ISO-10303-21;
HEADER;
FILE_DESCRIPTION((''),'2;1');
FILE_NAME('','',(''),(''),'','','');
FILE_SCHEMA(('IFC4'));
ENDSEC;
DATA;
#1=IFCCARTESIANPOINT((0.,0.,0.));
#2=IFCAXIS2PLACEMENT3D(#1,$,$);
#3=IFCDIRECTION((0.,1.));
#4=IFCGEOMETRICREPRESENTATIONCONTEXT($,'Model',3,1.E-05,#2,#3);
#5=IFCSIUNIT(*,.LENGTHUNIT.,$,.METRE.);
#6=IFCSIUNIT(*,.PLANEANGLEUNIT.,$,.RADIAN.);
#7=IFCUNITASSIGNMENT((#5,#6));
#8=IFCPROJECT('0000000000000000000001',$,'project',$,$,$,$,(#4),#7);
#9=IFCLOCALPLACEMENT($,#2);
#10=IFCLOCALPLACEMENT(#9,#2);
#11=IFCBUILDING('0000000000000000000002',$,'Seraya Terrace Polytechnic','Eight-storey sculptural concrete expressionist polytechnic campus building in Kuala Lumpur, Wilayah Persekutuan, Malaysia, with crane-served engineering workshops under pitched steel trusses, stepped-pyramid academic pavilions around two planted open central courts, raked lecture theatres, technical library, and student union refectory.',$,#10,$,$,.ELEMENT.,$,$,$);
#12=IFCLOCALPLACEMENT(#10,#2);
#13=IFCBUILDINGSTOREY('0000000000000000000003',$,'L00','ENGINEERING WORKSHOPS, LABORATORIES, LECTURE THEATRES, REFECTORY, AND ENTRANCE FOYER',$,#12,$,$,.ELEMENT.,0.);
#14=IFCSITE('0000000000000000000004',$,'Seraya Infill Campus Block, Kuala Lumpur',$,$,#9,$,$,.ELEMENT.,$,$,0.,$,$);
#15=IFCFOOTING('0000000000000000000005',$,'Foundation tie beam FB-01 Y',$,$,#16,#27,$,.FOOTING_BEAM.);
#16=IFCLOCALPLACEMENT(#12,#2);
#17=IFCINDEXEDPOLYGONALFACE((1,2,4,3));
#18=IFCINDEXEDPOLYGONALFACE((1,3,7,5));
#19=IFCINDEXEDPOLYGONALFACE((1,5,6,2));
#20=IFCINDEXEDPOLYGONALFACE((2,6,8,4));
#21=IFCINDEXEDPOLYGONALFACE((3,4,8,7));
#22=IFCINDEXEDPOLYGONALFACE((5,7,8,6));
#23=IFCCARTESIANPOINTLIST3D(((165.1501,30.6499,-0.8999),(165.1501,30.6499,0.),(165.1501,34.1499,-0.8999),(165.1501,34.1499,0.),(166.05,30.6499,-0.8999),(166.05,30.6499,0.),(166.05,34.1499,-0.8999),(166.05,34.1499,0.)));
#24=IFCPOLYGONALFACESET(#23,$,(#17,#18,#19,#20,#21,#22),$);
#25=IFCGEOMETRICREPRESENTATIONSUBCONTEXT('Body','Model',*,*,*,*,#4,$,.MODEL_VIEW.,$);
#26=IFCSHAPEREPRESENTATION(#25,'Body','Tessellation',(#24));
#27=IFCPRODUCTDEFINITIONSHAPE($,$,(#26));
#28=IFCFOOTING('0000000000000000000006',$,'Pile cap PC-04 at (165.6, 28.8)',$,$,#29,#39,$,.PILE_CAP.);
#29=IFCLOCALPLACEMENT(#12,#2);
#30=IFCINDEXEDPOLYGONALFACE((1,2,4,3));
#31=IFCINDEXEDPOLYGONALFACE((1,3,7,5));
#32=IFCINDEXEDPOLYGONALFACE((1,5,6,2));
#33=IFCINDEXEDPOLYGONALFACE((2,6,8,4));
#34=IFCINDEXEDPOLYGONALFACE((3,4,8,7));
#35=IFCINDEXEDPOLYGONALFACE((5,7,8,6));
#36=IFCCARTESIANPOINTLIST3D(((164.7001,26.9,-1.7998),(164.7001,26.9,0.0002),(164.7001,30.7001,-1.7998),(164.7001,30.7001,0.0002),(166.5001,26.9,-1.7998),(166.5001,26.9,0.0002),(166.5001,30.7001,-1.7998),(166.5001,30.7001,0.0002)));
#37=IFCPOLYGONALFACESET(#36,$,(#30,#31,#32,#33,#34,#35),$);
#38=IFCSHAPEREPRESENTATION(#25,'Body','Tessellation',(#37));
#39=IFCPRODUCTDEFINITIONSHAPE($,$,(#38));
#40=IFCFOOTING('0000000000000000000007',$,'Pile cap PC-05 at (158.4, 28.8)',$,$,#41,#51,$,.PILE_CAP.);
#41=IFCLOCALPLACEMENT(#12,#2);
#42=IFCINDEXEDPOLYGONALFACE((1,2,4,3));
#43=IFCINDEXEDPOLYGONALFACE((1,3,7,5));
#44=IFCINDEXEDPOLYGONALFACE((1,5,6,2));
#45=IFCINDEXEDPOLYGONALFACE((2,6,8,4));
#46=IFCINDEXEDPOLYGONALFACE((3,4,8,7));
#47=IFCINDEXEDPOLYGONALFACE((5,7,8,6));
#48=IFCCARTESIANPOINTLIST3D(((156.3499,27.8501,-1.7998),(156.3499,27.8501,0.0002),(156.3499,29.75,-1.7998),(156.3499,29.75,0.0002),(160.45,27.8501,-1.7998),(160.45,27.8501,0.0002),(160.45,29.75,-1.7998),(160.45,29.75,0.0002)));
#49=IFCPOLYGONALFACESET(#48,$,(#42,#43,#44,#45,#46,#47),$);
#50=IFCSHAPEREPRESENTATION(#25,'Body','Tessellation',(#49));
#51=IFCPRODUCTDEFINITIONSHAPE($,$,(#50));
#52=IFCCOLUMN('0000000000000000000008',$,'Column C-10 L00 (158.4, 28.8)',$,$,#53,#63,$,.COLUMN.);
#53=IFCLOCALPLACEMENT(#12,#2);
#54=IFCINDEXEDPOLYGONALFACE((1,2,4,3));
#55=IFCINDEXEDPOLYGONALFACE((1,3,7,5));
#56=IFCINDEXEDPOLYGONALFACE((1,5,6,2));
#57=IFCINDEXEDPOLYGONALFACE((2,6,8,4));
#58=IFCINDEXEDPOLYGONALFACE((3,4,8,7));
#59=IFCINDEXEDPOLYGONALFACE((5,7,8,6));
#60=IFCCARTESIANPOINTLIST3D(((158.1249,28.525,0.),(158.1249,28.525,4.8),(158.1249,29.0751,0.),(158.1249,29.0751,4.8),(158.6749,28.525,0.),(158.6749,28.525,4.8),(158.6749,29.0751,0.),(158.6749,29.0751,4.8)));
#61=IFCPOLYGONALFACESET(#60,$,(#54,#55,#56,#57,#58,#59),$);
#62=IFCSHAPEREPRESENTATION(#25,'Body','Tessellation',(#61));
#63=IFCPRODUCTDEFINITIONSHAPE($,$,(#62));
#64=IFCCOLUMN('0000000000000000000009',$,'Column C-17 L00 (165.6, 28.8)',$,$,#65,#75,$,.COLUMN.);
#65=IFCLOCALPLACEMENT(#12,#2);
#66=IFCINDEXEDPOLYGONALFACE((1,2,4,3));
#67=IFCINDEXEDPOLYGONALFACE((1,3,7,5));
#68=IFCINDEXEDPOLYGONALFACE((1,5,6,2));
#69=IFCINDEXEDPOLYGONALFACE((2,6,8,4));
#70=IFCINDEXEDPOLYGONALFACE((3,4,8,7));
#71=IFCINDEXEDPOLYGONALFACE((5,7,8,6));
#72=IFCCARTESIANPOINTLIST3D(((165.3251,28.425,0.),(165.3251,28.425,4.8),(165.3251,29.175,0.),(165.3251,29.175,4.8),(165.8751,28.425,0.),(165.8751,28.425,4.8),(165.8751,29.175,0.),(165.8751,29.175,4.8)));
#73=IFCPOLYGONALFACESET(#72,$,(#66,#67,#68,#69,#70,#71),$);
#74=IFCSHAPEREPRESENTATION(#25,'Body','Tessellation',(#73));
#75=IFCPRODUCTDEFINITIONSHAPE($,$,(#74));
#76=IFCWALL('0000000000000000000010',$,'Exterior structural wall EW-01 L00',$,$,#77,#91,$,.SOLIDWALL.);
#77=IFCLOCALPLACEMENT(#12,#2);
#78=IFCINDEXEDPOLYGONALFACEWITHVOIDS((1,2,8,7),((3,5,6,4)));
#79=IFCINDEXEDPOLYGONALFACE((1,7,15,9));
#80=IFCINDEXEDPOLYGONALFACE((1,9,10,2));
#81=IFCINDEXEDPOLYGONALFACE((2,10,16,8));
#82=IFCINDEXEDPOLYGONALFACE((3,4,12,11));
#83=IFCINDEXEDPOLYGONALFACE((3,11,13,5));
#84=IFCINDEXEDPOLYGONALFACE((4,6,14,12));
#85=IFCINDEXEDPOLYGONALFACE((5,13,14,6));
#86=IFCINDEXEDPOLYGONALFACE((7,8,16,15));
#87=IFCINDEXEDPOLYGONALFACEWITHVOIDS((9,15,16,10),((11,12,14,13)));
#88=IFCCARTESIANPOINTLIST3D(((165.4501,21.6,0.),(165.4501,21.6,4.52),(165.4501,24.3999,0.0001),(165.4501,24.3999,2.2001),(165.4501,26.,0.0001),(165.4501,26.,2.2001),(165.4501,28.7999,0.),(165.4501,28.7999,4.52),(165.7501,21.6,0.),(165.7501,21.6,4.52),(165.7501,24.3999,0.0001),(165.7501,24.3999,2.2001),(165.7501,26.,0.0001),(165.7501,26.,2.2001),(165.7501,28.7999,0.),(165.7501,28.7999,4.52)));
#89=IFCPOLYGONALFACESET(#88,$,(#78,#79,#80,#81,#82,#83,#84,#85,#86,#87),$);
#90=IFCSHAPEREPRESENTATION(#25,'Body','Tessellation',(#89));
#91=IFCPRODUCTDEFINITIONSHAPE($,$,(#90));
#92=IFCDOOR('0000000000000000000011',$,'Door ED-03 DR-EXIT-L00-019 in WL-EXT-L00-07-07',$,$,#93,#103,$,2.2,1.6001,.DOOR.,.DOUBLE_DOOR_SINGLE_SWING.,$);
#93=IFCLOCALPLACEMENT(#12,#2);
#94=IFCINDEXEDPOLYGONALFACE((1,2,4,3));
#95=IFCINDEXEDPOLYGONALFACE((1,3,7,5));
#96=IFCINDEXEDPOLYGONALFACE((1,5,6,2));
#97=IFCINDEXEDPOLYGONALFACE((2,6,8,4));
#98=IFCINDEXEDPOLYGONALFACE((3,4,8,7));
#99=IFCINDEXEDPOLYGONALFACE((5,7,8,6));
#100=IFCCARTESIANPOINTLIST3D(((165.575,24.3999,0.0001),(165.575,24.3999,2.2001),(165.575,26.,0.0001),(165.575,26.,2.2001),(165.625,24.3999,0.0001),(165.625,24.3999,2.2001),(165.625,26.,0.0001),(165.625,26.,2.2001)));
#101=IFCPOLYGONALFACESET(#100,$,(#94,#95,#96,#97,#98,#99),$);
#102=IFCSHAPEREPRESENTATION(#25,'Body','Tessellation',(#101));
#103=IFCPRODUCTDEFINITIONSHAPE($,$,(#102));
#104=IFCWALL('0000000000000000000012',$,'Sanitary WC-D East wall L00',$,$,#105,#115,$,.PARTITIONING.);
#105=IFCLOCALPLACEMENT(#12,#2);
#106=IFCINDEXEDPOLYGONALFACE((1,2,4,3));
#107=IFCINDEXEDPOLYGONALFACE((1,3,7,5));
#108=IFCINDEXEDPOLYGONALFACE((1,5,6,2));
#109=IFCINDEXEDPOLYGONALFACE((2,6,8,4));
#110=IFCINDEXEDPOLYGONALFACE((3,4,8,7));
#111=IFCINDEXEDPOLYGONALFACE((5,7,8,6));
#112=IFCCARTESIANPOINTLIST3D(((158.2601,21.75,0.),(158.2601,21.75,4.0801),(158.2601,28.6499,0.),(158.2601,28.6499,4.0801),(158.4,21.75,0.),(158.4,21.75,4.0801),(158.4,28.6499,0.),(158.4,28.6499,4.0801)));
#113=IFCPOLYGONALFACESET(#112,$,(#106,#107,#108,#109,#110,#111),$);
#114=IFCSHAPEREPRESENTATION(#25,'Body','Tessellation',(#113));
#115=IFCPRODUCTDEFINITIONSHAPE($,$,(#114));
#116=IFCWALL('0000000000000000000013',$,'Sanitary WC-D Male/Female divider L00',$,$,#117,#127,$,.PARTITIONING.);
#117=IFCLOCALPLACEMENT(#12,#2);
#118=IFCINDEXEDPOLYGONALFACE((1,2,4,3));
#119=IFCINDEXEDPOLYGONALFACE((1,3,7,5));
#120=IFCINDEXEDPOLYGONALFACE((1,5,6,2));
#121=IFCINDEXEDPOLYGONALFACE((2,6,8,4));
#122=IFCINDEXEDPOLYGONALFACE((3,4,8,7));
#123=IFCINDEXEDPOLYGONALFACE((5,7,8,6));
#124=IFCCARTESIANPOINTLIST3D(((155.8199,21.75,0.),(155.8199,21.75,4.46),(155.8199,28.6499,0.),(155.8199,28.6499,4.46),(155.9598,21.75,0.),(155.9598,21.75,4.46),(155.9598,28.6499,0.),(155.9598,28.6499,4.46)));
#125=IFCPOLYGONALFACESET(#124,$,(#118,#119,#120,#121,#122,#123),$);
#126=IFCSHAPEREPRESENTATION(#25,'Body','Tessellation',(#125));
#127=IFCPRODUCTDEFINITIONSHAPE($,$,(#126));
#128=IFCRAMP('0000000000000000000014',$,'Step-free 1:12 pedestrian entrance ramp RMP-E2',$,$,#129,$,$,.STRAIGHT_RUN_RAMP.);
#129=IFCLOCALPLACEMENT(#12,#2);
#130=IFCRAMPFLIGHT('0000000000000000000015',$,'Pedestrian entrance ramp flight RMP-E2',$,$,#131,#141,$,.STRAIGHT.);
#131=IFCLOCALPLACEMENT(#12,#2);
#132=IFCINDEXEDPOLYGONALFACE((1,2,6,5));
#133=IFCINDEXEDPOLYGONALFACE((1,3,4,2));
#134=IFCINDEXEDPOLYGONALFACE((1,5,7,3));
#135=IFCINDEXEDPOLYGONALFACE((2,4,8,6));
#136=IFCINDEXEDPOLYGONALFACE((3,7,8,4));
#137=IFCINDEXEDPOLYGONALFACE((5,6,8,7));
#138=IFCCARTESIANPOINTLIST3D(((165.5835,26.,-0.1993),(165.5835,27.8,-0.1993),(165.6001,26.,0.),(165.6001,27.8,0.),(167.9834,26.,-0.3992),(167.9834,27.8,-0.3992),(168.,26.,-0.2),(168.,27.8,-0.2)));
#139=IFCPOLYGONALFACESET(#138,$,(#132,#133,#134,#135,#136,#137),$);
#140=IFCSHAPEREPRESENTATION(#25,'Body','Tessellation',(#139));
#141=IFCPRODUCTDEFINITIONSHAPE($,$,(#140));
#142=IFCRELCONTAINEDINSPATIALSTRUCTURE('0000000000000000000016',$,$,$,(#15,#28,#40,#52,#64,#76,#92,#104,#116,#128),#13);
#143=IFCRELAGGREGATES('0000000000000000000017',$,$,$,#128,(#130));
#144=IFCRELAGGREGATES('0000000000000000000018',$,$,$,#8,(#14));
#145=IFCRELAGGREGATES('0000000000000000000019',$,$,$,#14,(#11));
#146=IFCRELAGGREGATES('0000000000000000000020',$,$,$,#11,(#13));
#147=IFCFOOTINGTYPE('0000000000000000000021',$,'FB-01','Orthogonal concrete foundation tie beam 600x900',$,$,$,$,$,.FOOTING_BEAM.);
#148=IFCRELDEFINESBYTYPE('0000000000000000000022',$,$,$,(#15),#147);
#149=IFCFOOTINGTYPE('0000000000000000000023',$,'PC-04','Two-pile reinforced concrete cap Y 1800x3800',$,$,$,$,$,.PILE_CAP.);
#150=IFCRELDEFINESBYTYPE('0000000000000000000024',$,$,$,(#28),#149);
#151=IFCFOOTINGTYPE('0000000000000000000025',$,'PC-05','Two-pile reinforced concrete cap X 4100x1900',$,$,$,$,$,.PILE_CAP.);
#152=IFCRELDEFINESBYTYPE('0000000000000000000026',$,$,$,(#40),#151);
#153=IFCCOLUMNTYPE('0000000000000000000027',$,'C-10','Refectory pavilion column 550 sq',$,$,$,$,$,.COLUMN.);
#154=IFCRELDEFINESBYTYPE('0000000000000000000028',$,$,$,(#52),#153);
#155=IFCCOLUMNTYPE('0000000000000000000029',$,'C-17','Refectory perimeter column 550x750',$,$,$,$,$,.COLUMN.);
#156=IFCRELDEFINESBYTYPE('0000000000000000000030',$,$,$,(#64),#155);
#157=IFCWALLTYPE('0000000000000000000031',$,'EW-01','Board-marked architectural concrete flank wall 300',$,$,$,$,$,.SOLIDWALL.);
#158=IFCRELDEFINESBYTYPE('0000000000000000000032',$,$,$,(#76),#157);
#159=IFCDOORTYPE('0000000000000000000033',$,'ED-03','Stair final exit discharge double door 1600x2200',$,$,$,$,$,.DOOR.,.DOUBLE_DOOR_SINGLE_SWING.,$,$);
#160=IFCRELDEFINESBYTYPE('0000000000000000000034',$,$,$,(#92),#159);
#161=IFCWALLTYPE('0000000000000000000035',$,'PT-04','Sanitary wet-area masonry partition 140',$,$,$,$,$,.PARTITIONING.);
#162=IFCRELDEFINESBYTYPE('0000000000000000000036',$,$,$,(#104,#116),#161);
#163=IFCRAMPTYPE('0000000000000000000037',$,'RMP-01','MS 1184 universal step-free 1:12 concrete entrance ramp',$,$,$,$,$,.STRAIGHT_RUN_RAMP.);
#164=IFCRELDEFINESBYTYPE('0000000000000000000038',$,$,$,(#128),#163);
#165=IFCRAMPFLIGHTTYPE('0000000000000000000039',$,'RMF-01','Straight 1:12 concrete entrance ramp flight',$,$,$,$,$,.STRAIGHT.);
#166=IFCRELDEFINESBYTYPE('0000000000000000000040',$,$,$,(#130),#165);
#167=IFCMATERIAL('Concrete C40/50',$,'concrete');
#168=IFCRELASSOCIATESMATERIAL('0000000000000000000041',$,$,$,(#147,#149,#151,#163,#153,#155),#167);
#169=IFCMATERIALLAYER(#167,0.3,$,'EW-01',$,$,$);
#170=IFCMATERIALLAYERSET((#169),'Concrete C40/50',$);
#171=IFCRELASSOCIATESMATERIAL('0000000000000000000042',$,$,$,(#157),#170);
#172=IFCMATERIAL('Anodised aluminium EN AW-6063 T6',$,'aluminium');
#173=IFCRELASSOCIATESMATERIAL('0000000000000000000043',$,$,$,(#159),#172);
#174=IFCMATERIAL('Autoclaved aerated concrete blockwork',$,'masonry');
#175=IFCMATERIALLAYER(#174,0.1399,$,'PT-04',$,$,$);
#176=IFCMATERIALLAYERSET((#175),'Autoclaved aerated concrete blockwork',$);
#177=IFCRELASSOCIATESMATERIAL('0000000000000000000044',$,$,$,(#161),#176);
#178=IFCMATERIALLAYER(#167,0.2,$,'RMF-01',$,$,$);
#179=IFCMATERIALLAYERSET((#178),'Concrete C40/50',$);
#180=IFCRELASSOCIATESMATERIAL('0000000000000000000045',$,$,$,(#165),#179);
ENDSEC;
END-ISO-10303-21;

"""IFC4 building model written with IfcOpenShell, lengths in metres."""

from ifc_helpers import new_model, si_unit, direction, frame, frame_2d, origin, origin_2d, place, context, subcontext, project, spatial, polyline, rectangle, outline, extrude, material, layer, layer_set, material_profile, profile_set, type_object, element, fill, aggregate, save


model = new_model("IFC4")

# Units and contexts
model_context = context("Model", 3, precision=1e-05, world=origin(), true_north=direction((0.0, 1.0)))
body_context = subcontext(model_context, "Body", "Model", "MODEL_VIEW")
ifc_project = project(units=[si_unit("LENGTHUNIT", "METRE"), si_unit("PLANEANGLEUNIT", "RADIAN")], contexts=[model_context])

# Site, building, storey
site_placement = place(None, origin())
site = spatial("IfcSite", under=ifc_project, at=site_placement, Name="Seraya Infill Campus Block, Kuala Lumpur", CompositionType="ELEMENT", RefElevation=0.0)
building_placement = place(site_placement, origin())
building = spatial("IfcBuilding", under=site, at=building_placement, Name="Seraya Terrace Polytechnic", Description="Eight-storey sculptural concrete expressionist polytechnic campus building in Kuala Lumpur, Wilayah Persekutuan, Malaysia, with crane-served engineering workshops under pitched steel trusses, stepped-pyramid academic pavilions around two planted open central courts, raked lecture theatres, technical library, and student union refectory.", CompositionType="ELEMENT")
storey_placement = place(building_placement, origin())
storey = spatial("IfcBuildingStorey", under=building, at=storey_placement, Name="L00", Description="ENGINEERING WORKSHOPS, LABORATORIES, LECTURE THEATRES, REFECTORY, AND ENTRANCE FOYER", CompositionType="ELEMENT", Elevation=0.0)

# Shared definitions
ifc_material_1 = material(Name="Concrete C40/50", Category="concrete")

# Footings
footing_type_1 = type_object("IfcFootingType", Name="FB-01", Description="Orthogonal concrete foundation tie beam 600x900", PredefinedType="FOOTING_BEAM", material=ifc_material_1)
for number, where, z_axis, x_axis, name in (
    (1, (165.6001, 32.3999, -0.8999), (0.0, 0.0, 1.0), (0.0, 1.0, 0.0), "Foundation tie beam FB-01 Y"),
):
    element("IfcFooting", number, at=place(storey_placement, frame(where, z_axis=z_axis, x_axis=x_axis)), inside=storey, type_object=footing_type_1, Name=name, PredefinedType="FOOTING_BEAM", context=body_context, shape_type="SweptSolid", body=[
        extrude(rectangle(XDim=3.5, YDim=0.8999, at=origin_2d()), origin(), (0.0, 0.0, 1.0), 0.8999),
    ])
footing_type_2 = type_object("IfcFootingType", Name="PC-04", Description="Two-pile reinforced concrete cap Y 1800x3800", PredefinedType="PILE_CAP", material=ifc_material_1)
footing_1_placement = place(storey_placement, frame((165.6001, 28.8, -1.7998), z_axis=(0.0, 0.0, 1.0), x_axis=(1.0, 0.0, 0.0)))
element("IfcFooting", 2, at=footing_1_placement, inside=storey, type_object=footing_type_2, Name="Pile cap PC-04 at (165.6, 28.8)", PredefinedType="PILE_CAP", context=body_context, shape_type="SweptSolid", body=[
    extrude(rectangle(XDim=1.8, YDim=3.8, at=origin_2d()), origin(), (0.0, 0.0, 1.0), 1.8),
])
footing_type_3 = type_object("IfcFootingType", Name="PC-05", Description="Two-pile reinforced concrete cap X 4100x1900", PredefinedType="PILE_CAP", material=ifc_material_1)
footing_2_placement = place(storey_placement, frame((158.3999, 28.8, -1.7998), z_axis=(0.0, 0.0, 1.0), x_axis=(1.0, 0.0, 0.0)))
element("IfcFooting", 3, at=footing_2_placement, inside=storey, type_object=footing_type_3, Name="Pile cap PC-05 at (158.4, 28.8)", PredefinedType="PILE_CAP", context=body_context, shape_type="SweptSolid", body=[
    extrude(rectangle(XDim=4.1001, YDim=1.8999, at=origin_2d()), origin(), (0.0, 0.0, 1.0), 1.8),
])

# Columns
ifc_material_profile_1 = material_profile(ifc_material_1, rectangle(XDim=0.55, YDim=0.55, at=origin_2d()), Name="RC 550x550")
ifc_profile_set_1 = profile_set([ifc_material_profile_1], Name="Concrete C40/50")
column_type_1 = type_object("IfcColumnType", Name="C-10", Description="Refectory pavilion column 550 sq", PredefinedType="COLUMN", material=ifc_profile_set_1)
column_1_placement = place(storey_placement, frame((158.3999, 28.8, 0.0), z_axis=(0.0, 0.0, 1.0), x_axis=(1.0, 0.0, 0.0)))
element("IfcColumn", 4, at=column_1_placement, inside=storey, type_object=column_type_1, Name="Column C-10 L00 (158.4, 28.8)", PredefinedType="COLUMN", context=body_context, shape_type="SweptSolid", body=[
    extrude(rectangle(XDim=0.55, YDim=0.55, at=origin_2d()), origin(), (0.0, 0.0, 1.0), 4.8),
])
ifc_material_profile_2 = material_profile(ifc_material_1, rectangle(XDim=0.55, YDim=0.75, at=origin_2d()), Name="RC 550x750")
ifc_profile_set_2 = profile_set([ifc_material_profile_2], Name="Concrete C40/50")
column_type_2 = type_object("IfcColumnType", Name="C-17", Description="Refectory perimeter column 550x750", PredefinedType="COLUMN", material=ifc_profile_set_2)
column_2_placement = place(storey_placement, frame((165.6001, 28.8, 0.0), z_axis=(0.0, 0.0, 1.0), x_axis=(1.0, 0.0, 0.0)))
element("IfcColumn", 5, at=column_2_placement, inside=storey, type_object=column_type_2, Name="Column C-17 L00 (165.6, 28.8)", PredefinedType="COLUMN", context=body_context, shape_type="SweptSolid", body=[
    extrude(rectangle(XDim=0.55, YDim=0.75, at=origin_2d()), origin(), (0.0, 0.0, 1.0), 4.8),
])

# Wall, opening, door
ifc_layer_1 = layer(ifc_material_1, 0.3, Name="EW-01")
ifc_layer_set_1 = layer_set([ifc_layer_1], Name="Concrete C40/50")
wall_type_1 = type_object("IfcWallType", Name="EW-01", Description="Board-marked architectural concrete flank wall 300", PredefinedType="SOLIDWALL", material=ifc_layer_set_1)
wall_1_placement = place(storey_placement, frame((165.6001, 28.8, 0.0), z_axis=(0.0, 0.0, 1.0), x_axis=(0.0, -1.0, 0.0)))
wall_1 = element("IfcWall", 6, at=wall_1_placement, inside=storey, type_object=wall_type_1, Name="Exterior structural wall EW-01 L00", PredefinedType="SOLIDWALL", context=body_context, shape_type="SweptSolid", body=[
    extrude(rectangle(XDim=7.2, YDim=0.3, at=frame_2d((3.6001, 0.0))), origin(), (0.0, 0.0, 1.0), 4.52),
])
opening_placement = place(wall_1_placement, frame((2.8, 0.0, 0.0)))
opening = element("IfcOpeningElement", 7, at=opening_placement, cuts=wall_1, PredefinedType="OPENING", context=body_context, shape_type="SweptSolid", body=[
    extrude(rectangle(XDim=1.6001, YDim=2.2, at=frame_2d((0.8, 1.1001))), frame((0.0, 0.1621, 0.0), z_axis=(0.0, -1.0, 0.0), x_axis=(1.0, 0.0, 0.0)), (0.0, 0.0, 1.0), 0.324),
])
ifc_material_2 = material(Name="Anodised aluminium EN AW-6063 T6", Category="aluminium")
door_type = type_object("IfcDoorType", Name="ED-03", Description="Stair final exit discharge double door 1600x2200", OperationType="DOUBLE_DOOR_SINGLE_SWING", PredefinedType="DOOR", material=ifc_material_2)
door_placement = place(opening_placement, origin())
door = element("IfcDoor", 8, at=door_placement, inside=storey, type_object=door_type, Name="Door ED-03 DR-EXIT-L00-019 in WL-EXT-L00-07-07", OperationType="DOUBLE_DOOR_SINGLE_SWING", OverallHeight=2.2, OverallWidth=1.6001, PredefinedType="DOOR", context=body_context, shape_type="SweptSolid", body=[
    extrude(rectangle(XDim=1.6001, YDim=2.2, at=frame_2d((0.8, 1.1001))), frame((0.0, 0.0249, 0.0), z_axis=(0.0, -1.0, 0.0), x_axis=(1.0, 0.0, 0.0)), (0.0, 0.0, 1.0), 0.05),
])
fill(opening, door)

# Walls
ifc_material_3 = material(Name="Autoclaved aerated concrete blockwork", Category="masonry")
ifc_layer_2 = layer(ifc_material_3, 0.1399, Name="PT-04")
ifc_layer_set_2 = layer_set([ifc_layer_2], Name="Autoclaved aerated concrete blockwork")
wall_type_2 = type_object("IfcWallType", Name="PT-04", Description="Sanitary wet-area masonry partition 140", PredefinedType="PARTITIONING", material=ifc_layer_set_2)
wall_2_placement = place(storey_placement, frame((158.3301, 21.75, 0.0), z_axis=(0.0, 0.0, 1.0), x_axis=(0.0, 1.0, 0.0)))
element("IfcWall", 9, at=wall_2_placement, inside=storey, type_object=wall_type_2, Name="Sanitary WC-D East wall L00", PredefinedType="PARTITIONING", context=body_context, shape_type="SweptSolid", body=[
    extrude(rectangle(XDim=6.8999, YDim=0.1399, at=frame_2d((3.45, 0.0))), origin(), (0.0, 0.0, 1.0), 4.0801),
])
wall_3_placement = place(storey_placement, frame((155.8899, 21.75, 0.0), z_axis=(0.0, 0.0, 1.0), x_axis=(0.0, 1.0, 0.0)))
element("IfcWall", 10, at=wall_3_placement, inside=storey, type_object=wall_type_2, Name="Sanitary WC-D Male/Female divider L00", PredefinedType="PARTITIONING", context=body_context, shape_type="SweptSolid", body=[
    extrude(rectangle(XDim=6.8999, YDim=0.1399, at=frame_2d((3.45, 0.0))), origin(), (0.0, 0.0, 1.0), 4.46),
])

# Ramp, ramp flight
ramp_type = type_object("IfcRampType", Name="RMP-01", Description="MS 1184 universal step-free 1:12 concrete entrance ramp", PredefinedType="STRAIGHT_RUN_RAMP", material=ifc_material_1)
ramp_placement = place(storey_placement, origin())
ramp = element("IfcRamp", 11, at=ramp_placement, inside=storey, type_object=ramp_type, Name="Step-free 1:12 pedestrian entrance ramp RMP-E2", PredefinedType="STRAIGHT_RUN_RAMP")
ifc_layer_3 = layer(ifc_material_1, 0.2, Name="RMF-01")
ifc_layer_set_3 = layer_set([ifc_layer_3], Name="Concrete C40/50")
ramp_flight_type = type_object("IfcRampFlightType", Name="RMF-01", Description="Straight 1:12 concrete entrance ramp flight", PredefinedType="STRAIGHT", material=ifc_layer_set_3)
ramp_flight_placement = place(storey_placement, frame((165.6001, 26.0, 0.0), z_axis=(0.083029, 0.0, 0.996547), x_axis=(0.996547, 0.0, -0.083029)))
ramp_flight = element("IfcRampFlight", 12, at=ramp_flight_placement, type_object=ramp_flight_type, Name="Pedestrian entrance ramp flight RMP-E2", PredefinedType="STRAIGHT", context=body_context, shape_type="SweptSolid", body=[
    extrude(outline(polyline([(0.0, 0.0), (2.4082, 0.0), (2.4082, 1.8), (0.0, 1.8), (0.0, 0.0)])), origin(), (0.0, 0.0, -1.0), 0.2),
])
aggregate(ramp, [ramp_flight])

save(model, "model.ifc")
